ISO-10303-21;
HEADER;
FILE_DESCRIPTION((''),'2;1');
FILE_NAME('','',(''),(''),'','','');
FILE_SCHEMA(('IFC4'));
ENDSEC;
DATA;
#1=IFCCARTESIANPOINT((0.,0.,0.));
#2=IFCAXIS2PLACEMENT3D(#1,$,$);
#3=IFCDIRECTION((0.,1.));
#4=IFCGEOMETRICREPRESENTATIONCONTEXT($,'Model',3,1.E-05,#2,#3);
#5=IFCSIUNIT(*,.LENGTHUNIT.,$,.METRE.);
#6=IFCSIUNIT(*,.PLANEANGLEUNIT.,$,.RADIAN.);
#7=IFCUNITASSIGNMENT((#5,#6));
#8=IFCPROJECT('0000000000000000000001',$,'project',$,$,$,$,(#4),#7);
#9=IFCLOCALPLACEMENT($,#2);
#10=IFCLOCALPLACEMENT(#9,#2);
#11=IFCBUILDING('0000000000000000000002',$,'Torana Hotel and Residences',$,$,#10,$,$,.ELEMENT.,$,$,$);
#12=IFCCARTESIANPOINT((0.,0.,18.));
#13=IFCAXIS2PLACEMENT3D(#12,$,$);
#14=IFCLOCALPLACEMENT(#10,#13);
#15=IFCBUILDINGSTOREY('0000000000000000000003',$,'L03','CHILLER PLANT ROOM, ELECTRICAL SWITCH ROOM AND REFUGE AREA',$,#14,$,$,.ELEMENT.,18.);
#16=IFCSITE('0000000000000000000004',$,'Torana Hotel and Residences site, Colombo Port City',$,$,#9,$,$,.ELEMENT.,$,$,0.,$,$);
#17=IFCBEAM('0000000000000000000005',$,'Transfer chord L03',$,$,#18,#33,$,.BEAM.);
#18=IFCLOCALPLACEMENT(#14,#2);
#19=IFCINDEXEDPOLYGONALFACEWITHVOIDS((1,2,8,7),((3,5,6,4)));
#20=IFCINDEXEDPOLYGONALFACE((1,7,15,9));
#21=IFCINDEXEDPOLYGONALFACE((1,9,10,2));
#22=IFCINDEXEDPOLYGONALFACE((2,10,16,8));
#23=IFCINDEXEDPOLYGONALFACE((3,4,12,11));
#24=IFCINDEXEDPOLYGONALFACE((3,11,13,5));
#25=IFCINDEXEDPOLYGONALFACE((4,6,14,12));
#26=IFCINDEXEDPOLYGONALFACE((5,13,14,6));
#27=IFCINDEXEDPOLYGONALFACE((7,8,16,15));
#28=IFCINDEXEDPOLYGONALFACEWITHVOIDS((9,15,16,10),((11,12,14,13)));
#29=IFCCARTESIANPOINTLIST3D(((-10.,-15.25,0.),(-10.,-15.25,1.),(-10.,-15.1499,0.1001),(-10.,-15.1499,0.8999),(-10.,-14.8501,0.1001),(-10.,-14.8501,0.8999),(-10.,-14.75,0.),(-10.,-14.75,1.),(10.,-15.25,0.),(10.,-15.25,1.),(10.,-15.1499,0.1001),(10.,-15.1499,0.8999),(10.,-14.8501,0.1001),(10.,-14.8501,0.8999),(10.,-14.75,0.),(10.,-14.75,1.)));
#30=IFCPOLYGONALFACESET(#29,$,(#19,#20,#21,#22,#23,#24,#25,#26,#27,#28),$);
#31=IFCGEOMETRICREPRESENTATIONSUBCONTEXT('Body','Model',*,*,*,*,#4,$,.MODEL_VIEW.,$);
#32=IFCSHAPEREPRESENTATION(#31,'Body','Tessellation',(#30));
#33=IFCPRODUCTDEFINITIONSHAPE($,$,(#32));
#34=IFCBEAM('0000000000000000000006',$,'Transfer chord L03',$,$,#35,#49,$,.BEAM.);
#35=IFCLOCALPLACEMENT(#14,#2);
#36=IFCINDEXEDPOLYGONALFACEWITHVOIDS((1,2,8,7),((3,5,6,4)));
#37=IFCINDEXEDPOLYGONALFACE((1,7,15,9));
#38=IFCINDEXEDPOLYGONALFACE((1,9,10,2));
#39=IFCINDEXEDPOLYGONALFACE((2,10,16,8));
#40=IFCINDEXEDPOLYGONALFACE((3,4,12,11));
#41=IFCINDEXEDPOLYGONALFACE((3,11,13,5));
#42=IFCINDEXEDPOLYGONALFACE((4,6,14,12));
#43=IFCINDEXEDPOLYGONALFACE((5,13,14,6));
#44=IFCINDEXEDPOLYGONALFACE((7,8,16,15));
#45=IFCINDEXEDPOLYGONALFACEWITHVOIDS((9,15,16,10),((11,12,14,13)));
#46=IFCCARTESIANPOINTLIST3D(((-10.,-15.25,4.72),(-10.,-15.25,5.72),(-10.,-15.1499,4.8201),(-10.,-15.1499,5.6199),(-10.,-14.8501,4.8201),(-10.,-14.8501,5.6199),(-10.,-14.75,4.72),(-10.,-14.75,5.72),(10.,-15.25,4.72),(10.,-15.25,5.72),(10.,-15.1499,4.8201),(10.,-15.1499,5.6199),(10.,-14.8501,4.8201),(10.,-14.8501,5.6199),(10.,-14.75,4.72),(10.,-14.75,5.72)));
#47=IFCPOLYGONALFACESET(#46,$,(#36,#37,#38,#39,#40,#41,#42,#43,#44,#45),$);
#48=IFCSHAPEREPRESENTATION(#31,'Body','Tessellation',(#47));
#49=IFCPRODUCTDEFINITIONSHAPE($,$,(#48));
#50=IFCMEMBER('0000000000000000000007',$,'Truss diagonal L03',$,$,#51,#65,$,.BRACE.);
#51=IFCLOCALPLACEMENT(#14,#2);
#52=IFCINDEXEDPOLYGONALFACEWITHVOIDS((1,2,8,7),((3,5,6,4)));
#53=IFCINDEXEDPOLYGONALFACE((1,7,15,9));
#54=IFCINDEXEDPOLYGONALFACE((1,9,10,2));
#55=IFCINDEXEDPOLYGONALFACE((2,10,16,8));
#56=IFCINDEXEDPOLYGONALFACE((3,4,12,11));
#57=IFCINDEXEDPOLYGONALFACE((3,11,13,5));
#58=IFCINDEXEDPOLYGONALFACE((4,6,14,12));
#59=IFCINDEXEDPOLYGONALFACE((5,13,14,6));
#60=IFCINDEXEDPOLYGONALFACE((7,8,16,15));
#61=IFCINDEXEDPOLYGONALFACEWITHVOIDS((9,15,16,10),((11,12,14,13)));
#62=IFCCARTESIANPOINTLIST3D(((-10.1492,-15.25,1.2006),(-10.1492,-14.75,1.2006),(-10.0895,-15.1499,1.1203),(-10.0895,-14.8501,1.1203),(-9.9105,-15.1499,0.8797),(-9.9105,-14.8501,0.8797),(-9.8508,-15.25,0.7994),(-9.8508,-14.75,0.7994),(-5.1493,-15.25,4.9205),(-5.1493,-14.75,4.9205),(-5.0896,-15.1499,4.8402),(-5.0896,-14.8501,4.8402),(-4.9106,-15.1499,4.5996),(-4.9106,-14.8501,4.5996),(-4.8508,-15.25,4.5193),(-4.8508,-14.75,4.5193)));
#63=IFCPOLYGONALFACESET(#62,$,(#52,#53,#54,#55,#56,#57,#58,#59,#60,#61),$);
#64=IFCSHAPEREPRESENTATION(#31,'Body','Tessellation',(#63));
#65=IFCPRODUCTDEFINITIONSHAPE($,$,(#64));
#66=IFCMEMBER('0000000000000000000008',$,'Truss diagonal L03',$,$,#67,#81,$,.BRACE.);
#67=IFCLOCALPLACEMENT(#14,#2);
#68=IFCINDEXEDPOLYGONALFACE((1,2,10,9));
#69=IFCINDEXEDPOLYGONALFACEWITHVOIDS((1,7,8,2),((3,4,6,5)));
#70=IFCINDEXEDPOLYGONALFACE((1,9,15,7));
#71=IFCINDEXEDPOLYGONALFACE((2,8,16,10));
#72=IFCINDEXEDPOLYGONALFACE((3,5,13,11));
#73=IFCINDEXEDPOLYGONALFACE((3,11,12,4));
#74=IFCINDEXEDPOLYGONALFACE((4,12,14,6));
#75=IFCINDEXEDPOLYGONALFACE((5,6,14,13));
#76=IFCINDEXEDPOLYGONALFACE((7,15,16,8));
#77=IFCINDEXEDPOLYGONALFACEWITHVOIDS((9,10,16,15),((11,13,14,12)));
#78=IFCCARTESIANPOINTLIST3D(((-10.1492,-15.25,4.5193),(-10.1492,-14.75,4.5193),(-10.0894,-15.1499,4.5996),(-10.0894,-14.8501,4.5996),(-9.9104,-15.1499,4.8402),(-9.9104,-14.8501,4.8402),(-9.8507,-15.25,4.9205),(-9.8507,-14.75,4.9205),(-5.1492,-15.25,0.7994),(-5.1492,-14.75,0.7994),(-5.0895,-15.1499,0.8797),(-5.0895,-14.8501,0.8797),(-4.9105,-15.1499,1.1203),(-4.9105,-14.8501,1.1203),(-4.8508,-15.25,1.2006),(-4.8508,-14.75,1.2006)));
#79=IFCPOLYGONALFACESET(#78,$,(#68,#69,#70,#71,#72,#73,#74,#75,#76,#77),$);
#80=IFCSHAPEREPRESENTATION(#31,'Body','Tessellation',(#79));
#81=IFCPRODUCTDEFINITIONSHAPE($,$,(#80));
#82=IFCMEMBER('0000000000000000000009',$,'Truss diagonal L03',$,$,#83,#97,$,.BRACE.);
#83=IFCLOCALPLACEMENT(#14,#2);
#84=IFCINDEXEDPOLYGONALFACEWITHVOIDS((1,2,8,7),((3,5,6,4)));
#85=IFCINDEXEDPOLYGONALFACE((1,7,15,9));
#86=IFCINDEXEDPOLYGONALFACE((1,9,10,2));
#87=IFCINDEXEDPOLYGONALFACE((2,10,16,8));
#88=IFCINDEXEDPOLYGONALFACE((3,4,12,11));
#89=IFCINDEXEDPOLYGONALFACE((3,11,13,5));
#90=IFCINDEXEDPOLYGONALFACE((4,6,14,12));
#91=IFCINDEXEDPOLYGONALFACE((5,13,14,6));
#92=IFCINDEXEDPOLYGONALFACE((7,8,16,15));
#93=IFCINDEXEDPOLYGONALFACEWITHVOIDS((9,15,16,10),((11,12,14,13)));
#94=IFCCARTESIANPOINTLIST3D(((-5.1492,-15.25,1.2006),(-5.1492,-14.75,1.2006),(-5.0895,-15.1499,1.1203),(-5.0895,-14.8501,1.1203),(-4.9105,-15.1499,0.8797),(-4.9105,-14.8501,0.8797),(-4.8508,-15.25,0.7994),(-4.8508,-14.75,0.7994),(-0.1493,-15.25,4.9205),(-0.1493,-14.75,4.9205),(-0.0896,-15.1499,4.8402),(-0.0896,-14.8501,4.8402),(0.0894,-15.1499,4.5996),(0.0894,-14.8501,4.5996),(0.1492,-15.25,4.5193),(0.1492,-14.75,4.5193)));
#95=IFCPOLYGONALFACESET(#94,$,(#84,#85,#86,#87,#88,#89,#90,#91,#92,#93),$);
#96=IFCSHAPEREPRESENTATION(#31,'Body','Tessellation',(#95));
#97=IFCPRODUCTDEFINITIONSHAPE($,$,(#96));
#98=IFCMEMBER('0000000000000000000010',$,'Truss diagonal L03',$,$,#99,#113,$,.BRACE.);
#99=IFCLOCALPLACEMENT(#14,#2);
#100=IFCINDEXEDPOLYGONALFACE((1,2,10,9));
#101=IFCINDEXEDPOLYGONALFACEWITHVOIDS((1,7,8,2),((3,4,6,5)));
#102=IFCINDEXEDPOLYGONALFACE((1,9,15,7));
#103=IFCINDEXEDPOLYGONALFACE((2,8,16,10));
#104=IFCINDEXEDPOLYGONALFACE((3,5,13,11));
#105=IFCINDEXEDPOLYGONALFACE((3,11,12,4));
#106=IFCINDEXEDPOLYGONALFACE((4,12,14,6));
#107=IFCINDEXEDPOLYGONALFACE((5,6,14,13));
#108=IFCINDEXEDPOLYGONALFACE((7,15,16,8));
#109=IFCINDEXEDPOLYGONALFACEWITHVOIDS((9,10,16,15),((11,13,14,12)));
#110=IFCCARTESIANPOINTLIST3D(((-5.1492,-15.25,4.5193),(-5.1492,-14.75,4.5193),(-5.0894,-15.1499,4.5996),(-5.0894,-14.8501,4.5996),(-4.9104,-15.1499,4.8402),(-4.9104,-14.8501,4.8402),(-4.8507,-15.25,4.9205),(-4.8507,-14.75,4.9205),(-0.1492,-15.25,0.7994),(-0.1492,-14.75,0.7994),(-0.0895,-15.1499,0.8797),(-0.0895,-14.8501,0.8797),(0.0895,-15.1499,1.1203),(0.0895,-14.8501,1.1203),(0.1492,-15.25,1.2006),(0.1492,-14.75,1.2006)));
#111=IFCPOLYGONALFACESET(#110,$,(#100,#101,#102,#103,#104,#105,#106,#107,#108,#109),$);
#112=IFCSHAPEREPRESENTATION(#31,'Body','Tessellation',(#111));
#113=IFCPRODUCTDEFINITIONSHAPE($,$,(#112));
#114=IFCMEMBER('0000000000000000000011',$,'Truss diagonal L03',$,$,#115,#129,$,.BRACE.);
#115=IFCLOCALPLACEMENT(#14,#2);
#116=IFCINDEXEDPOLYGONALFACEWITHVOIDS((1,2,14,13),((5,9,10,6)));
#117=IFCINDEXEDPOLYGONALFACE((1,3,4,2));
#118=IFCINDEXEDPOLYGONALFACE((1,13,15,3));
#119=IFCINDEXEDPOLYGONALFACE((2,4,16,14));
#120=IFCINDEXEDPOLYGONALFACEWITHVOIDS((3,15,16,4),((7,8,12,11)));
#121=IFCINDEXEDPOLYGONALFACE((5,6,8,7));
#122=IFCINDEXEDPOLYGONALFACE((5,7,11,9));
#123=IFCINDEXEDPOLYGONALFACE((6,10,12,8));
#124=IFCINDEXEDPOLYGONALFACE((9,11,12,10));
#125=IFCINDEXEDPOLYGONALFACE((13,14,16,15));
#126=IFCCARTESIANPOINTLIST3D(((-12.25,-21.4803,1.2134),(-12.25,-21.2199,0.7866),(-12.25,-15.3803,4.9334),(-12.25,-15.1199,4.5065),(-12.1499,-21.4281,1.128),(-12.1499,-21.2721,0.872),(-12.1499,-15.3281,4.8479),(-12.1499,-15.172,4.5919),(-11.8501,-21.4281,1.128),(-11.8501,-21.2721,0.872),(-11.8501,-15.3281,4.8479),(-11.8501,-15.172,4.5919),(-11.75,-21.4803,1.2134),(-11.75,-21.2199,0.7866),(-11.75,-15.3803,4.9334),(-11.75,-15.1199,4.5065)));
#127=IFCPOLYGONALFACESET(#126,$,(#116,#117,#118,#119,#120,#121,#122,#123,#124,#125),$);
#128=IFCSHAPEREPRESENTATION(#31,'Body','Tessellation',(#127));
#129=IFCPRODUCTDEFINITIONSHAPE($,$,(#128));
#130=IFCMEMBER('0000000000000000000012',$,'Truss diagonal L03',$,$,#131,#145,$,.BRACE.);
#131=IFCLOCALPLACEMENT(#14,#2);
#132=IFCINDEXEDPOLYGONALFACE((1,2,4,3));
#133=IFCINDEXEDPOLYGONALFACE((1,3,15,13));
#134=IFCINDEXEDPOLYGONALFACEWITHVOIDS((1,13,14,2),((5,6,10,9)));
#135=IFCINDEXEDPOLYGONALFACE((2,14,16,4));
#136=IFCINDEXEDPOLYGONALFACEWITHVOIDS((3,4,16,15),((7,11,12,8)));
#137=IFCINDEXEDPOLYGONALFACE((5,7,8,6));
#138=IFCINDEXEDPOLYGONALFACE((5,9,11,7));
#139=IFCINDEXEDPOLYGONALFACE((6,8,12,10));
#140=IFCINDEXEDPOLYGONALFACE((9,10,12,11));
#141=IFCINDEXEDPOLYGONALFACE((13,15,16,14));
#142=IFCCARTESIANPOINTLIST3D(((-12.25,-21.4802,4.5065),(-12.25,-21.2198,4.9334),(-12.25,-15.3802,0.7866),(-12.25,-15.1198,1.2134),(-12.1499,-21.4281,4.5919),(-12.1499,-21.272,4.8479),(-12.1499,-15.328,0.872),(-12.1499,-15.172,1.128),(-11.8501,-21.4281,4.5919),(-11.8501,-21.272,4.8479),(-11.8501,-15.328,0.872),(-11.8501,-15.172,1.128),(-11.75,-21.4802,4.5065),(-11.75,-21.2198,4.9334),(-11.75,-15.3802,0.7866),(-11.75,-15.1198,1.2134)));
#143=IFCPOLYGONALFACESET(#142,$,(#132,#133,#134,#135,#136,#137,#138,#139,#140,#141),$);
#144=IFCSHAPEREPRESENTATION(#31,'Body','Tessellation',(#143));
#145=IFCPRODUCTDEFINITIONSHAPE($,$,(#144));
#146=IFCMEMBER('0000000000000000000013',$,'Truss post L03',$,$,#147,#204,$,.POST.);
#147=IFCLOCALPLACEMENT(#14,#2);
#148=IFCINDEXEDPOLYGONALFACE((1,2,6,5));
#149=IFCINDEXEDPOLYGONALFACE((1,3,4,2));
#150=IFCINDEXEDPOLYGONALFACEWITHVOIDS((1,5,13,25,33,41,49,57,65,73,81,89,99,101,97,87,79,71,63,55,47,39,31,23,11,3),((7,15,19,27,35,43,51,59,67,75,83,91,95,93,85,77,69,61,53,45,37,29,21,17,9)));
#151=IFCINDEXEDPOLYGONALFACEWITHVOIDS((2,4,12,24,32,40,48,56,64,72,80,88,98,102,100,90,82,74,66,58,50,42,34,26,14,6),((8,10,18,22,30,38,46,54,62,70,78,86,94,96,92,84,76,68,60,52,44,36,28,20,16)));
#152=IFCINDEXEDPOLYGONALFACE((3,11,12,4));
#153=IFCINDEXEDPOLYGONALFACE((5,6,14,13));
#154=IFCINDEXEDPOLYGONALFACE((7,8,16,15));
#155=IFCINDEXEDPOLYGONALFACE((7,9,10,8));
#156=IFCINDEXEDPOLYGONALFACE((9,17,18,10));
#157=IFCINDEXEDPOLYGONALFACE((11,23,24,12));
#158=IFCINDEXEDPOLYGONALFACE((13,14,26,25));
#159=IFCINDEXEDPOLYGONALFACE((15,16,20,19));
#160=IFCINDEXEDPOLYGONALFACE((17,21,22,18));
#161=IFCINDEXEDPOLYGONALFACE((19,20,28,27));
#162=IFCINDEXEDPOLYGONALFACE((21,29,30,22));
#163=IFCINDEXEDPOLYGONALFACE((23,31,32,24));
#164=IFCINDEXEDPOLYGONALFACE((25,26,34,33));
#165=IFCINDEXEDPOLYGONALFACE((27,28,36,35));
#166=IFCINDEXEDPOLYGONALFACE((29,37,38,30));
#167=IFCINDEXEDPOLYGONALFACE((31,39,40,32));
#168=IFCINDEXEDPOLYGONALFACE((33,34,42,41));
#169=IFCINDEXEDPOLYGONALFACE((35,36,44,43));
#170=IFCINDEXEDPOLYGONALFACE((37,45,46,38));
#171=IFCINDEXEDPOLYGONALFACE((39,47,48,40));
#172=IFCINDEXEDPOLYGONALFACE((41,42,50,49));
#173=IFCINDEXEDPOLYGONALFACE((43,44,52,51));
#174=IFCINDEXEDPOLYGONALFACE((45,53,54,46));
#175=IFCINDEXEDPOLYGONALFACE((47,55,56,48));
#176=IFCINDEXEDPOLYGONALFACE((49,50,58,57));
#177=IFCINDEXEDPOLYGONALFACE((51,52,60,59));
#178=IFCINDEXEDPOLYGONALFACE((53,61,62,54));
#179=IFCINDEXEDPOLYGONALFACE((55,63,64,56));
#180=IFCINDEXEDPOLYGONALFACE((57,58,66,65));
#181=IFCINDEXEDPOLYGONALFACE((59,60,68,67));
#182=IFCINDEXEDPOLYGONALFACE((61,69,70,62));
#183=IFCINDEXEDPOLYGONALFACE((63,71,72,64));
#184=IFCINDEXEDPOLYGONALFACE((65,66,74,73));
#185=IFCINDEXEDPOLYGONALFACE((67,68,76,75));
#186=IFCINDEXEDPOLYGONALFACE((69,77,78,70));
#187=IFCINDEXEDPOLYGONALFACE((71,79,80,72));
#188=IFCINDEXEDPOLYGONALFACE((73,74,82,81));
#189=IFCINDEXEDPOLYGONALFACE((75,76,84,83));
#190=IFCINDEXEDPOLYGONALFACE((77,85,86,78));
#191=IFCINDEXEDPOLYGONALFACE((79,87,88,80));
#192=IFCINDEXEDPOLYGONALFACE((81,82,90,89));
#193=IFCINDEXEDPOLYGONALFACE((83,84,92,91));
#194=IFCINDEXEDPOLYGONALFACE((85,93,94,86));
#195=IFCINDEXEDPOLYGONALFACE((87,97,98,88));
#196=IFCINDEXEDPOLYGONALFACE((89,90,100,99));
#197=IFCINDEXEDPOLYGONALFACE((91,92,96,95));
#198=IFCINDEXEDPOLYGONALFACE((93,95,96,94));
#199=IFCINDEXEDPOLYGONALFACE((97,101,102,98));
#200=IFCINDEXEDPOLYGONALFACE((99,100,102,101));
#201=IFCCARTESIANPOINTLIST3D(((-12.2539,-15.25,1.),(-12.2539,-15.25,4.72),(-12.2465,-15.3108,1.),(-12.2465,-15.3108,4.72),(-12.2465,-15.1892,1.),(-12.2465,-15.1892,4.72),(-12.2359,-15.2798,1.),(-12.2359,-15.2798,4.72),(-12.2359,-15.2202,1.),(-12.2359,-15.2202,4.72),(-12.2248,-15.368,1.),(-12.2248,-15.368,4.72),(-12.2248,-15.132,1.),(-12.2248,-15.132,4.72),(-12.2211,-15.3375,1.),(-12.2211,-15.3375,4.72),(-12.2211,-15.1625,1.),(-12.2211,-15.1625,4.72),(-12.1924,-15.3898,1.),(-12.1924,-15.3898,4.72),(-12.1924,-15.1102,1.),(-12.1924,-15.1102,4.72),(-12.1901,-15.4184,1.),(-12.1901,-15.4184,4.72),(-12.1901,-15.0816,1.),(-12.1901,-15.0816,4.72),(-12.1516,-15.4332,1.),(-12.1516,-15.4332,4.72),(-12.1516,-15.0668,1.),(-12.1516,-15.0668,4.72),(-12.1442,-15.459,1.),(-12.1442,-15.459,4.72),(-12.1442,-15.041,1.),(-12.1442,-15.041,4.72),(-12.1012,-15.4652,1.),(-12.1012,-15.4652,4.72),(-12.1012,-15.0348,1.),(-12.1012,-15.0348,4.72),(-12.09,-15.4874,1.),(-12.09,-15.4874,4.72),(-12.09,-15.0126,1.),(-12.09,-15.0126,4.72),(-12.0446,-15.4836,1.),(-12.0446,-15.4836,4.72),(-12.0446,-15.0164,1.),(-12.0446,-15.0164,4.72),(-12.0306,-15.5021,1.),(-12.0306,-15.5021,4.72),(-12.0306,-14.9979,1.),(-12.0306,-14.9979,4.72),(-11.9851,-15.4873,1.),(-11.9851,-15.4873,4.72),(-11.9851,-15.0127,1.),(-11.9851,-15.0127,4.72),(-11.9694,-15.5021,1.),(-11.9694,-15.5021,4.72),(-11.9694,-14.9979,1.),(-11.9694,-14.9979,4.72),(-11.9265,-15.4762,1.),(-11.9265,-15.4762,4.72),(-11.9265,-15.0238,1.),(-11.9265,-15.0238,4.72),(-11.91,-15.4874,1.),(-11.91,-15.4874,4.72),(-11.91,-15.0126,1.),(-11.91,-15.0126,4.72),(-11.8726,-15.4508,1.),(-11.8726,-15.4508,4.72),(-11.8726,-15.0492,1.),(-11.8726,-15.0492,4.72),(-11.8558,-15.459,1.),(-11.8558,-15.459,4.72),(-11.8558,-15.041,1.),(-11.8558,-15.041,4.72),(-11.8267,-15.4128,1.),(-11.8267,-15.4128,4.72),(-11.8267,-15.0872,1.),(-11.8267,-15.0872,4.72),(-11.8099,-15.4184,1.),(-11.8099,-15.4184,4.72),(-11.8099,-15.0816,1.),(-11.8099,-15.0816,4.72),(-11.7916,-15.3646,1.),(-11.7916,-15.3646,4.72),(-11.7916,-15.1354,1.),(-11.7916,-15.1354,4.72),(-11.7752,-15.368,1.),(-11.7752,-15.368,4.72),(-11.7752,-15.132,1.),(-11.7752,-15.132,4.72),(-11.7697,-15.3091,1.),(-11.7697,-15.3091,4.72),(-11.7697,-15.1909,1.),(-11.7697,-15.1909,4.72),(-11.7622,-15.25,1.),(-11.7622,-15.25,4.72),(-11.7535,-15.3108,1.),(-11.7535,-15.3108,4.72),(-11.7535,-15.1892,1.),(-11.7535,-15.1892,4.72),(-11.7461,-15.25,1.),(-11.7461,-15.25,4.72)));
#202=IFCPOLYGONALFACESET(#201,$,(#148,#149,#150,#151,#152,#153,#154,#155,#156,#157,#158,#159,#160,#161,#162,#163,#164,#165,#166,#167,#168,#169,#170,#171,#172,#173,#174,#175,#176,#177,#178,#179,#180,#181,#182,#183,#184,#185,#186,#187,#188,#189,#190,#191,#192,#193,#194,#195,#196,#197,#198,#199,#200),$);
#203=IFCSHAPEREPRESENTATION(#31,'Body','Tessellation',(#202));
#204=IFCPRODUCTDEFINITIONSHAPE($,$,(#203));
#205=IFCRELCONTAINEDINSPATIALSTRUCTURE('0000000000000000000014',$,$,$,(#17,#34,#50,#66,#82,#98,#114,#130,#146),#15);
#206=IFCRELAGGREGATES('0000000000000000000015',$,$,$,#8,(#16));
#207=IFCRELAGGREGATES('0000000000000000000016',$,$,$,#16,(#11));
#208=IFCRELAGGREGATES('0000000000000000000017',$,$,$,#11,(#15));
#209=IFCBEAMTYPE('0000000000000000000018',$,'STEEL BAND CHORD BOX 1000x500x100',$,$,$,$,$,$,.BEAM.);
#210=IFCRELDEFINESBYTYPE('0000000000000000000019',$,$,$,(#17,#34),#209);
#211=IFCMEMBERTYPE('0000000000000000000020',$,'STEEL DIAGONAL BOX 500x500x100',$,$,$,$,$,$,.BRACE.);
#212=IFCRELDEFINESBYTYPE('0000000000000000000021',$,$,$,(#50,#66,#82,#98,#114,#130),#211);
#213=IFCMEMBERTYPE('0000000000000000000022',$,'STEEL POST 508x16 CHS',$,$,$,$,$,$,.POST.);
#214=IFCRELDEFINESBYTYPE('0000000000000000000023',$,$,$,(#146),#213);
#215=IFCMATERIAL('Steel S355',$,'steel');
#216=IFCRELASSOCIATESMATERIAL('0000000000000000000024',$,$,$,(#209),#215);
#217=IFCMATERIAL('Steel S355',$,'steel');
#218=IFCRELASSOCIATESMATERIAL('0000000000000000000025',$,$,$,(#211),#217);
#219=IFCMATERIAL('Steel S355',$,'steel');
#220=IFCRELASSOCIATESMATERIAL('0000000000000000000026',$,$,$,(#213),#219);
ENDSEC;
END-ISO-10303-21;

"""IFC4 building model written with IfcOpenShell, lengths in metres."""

from ifc_helpers import new_model, si_unit, direction, frame, origin, origin_2d, place, context, subcontext, project, spatial, hollow_rectangle, hollow_circle, extrude, material, material_profile, profile_set, type_object, element, save


model = new_model("IFC4")

# Units and contexts
model_context = context("Model", 3, precision=1e-05, world=origin(), true_north=direction((0.0, 1.0)))
body_context = subcontext(model_context, "Body", "Model", "MODEL_VIEW")
ifc_project = project(units=[si_unit("LENGTHUNIT", "METRE"), si_unit("PLANEANGLEUNIT", "RADIAN")], contexts=[model_context])

# Site, building, storey
site_placement = place(None, origin())
site = spatial("IfcSite", under=ifc_project, at=site_placement, Name="Torana Hotel and Residences site, Colombo Port City", CompositionType="ELEMENT", RefElevation=0.0)
building_placement = place(site_placement, origin())
building = spatial("IfcBuilding", under=site, at=building_placement, Name="Torana Hotel and Residences", CompositionType="ELEMENT")
storey_placement = place(building_placement, frame((0.0, 0.0, 18.0)))
storey = spatial("IfcBuildingStorey", under=building, at=storey_placement, Name="L03", Description="CHILLER PLANT ROOM, ELECTRICAL SWITCH ROOM AND REFUGE AREA", CompositionType="ELEMENT", Elevation=18.0)

# Beams
ifc_material_1 = material(Name="Steel S355", Category="steel")
ifc_material_profile_1 = material_profile(ifc_material_1, hollow_rectangle(XDim=0.5, YDim=1.0, WallThickness=0.1001, at=origin_2d()), Name="BOX 1000x500x100")
ifc_profile_set_1 = profile_set([ifc_material_profile_1], Name="Steel S355")
beam_type = type_object("IfcBeamType", Name="STEEL BAND CHORD BOX 1000x500x100", PredefinedType="BEAM", material=ifc_profile_set_1)
for number, where, z_axis, x_axis, name in (
    (1, (-10.0, -15.0, 0.5), (1.0, 0.0, 0.0), (0.0, 1.0, 0.0), "Transfer chord L03"),
    (2, (-10.0, -15.0, 5.22), (1.0, 0.0, 0.0), (0.0, 1.0, 0.0), "Transfer chord L03"),
):
    element("IfcBeam", number, at=place(storey_placement, frame(where, z_axis=z_axis, x_axis=x_axis)), inside=storey, type_object=beam_type, Name=name, PredefinedType="BEAM", context=body_context, shape_type="SweptSolid", body=[
        extrude(hollow_rectangle(XDim=0.5, YDim=1.0, WallThickness=0.1001, at=origin_2d()), origin(), (0.0, 0.0, 1.0), 20.0),
    ])

# Members
ifc_material_2 = material(Name="Steel S355", Category="steel")
ifc_material_profile_2 = material_profile(ifc_material_2, hollow_rectangle(XDim=0.5, YDim=0.5, WallThickness=0.1001, at=origin_2d()), Name="BOX 500x500x100")
ifc_profile_set_2 = profile_set([ifc_material_profile_2], Name="Steel S355")
member_type_1 = type_object("IfcMemberType", Name="STEEL DIAGONAL BOX 500x500x100", PredefinedType="BRACE", material=ifc_profile_set_2)
for number, where, z_axis, x_axis, name in (
    (3, (-10.0, -15.0, 1.0), (0.802307, 0.0, 0.596912), (0.0, 1.0, 0.0), "Truss diagonal L03"),
    (4, (-5.0, -15.0, 1.0), (-0.802307, 0.0, 0.596912), (0.0, -1.0, 0.0), "Truss diagonal L03"),
    (5, (-5.0, -15.0, 1.0), (0.802307, 0.0, 0.596912), (0.0, 1.0, 0.0), "Truss diagonal L03"),
    (6, (0.0, -15.0, 1.0), (-0.802307, 0.0, 0.596912), (0.0, -1.0, 0.0), "Truss diagonal L03"),
):
    element("IfcMember", number, at=place(storey_placement, frame(where, z_axis=z_axis, x_axis=x_axis)), inside=storey, type_object=member_type_1, Name=name, PredefinedType="BRACE", context=body_context, shape_type="SweptSolid", body=[
        extrude(hollow_rectangle(XDim=0.5, YDim=0.5, WallThickness=0.1001, at=origin_2d()), origin(), (0.0, 0.0, 1.0), 6.2319),
    ])
for number, where, z_axis, x_axis, name in (
    (7, (-12.0, -21.3501, 1.0), (0.0, 0.853771, 0.520648), (-1.0, 0.0, 0.0), "Truss diagonal L03"),
    (8, (-12.0, -15.25, 1.0), (0.0, -0.853771, 0.520648), (1.0, 0.0, 0.0), "Truss diagonal L03"),
):
    element("IfcMember", number, at=place(storey_placement, frame(where, z_axis=z_axis, x_axis=x_axis)), inside=storey, type_object=member_type_1, Name=name, PredefinedType="BRACE", context=body_context, shape_type="SweptSolid", body=[
        extrude(hollow_rectangle(XDim=0.5, YDim=0.5, WallThickness=0.1001, at=origin_2d()), origin(), (0.0, 0.0, 1.0), 7.1448),
    ])
ifc_material_3 = material(Name="Steel S355", Category="steel")
ifc_material_profile_3 = material_profile(ifc_material_3, hollow_circle(Radius=0.2539, WallThickness=0.0161, at=origin_2d()), Name="508x16 CHS")
ifc_profile_set_3 = profile_set([ifc_material_profile_3], Name="Steel S355")
member_type_2 = type_object("IfcMemberType", Name="STEEL POST 508x16 CHS", PredefinedType="POST", material=ifc_profile_set_3)
for number, where, z_axis, x_axis, name in (
    (9, (-12.0, -15.25, 1.0), (0.0, 0.0, 1.0), (1.0, 0.0, 0.0), "Truss post L03"),
):
    element("IfcMember", number, at=place(storey_placement, frame(where, z_axis=z_axis, x_axis=x_axis)), inside=storey, type_object=member_type_2, Name=name, PredefinedType="POST", context=body_context, shape_type="SweptSolid", body=[
        extrude(hollow_circle(Radius=0.2539, WallThickness=0.0161, at=origin_2d()), origin(), (0.0, 0.0, 1.0), 3.72),
    ])

save(model, "model.ifc")
